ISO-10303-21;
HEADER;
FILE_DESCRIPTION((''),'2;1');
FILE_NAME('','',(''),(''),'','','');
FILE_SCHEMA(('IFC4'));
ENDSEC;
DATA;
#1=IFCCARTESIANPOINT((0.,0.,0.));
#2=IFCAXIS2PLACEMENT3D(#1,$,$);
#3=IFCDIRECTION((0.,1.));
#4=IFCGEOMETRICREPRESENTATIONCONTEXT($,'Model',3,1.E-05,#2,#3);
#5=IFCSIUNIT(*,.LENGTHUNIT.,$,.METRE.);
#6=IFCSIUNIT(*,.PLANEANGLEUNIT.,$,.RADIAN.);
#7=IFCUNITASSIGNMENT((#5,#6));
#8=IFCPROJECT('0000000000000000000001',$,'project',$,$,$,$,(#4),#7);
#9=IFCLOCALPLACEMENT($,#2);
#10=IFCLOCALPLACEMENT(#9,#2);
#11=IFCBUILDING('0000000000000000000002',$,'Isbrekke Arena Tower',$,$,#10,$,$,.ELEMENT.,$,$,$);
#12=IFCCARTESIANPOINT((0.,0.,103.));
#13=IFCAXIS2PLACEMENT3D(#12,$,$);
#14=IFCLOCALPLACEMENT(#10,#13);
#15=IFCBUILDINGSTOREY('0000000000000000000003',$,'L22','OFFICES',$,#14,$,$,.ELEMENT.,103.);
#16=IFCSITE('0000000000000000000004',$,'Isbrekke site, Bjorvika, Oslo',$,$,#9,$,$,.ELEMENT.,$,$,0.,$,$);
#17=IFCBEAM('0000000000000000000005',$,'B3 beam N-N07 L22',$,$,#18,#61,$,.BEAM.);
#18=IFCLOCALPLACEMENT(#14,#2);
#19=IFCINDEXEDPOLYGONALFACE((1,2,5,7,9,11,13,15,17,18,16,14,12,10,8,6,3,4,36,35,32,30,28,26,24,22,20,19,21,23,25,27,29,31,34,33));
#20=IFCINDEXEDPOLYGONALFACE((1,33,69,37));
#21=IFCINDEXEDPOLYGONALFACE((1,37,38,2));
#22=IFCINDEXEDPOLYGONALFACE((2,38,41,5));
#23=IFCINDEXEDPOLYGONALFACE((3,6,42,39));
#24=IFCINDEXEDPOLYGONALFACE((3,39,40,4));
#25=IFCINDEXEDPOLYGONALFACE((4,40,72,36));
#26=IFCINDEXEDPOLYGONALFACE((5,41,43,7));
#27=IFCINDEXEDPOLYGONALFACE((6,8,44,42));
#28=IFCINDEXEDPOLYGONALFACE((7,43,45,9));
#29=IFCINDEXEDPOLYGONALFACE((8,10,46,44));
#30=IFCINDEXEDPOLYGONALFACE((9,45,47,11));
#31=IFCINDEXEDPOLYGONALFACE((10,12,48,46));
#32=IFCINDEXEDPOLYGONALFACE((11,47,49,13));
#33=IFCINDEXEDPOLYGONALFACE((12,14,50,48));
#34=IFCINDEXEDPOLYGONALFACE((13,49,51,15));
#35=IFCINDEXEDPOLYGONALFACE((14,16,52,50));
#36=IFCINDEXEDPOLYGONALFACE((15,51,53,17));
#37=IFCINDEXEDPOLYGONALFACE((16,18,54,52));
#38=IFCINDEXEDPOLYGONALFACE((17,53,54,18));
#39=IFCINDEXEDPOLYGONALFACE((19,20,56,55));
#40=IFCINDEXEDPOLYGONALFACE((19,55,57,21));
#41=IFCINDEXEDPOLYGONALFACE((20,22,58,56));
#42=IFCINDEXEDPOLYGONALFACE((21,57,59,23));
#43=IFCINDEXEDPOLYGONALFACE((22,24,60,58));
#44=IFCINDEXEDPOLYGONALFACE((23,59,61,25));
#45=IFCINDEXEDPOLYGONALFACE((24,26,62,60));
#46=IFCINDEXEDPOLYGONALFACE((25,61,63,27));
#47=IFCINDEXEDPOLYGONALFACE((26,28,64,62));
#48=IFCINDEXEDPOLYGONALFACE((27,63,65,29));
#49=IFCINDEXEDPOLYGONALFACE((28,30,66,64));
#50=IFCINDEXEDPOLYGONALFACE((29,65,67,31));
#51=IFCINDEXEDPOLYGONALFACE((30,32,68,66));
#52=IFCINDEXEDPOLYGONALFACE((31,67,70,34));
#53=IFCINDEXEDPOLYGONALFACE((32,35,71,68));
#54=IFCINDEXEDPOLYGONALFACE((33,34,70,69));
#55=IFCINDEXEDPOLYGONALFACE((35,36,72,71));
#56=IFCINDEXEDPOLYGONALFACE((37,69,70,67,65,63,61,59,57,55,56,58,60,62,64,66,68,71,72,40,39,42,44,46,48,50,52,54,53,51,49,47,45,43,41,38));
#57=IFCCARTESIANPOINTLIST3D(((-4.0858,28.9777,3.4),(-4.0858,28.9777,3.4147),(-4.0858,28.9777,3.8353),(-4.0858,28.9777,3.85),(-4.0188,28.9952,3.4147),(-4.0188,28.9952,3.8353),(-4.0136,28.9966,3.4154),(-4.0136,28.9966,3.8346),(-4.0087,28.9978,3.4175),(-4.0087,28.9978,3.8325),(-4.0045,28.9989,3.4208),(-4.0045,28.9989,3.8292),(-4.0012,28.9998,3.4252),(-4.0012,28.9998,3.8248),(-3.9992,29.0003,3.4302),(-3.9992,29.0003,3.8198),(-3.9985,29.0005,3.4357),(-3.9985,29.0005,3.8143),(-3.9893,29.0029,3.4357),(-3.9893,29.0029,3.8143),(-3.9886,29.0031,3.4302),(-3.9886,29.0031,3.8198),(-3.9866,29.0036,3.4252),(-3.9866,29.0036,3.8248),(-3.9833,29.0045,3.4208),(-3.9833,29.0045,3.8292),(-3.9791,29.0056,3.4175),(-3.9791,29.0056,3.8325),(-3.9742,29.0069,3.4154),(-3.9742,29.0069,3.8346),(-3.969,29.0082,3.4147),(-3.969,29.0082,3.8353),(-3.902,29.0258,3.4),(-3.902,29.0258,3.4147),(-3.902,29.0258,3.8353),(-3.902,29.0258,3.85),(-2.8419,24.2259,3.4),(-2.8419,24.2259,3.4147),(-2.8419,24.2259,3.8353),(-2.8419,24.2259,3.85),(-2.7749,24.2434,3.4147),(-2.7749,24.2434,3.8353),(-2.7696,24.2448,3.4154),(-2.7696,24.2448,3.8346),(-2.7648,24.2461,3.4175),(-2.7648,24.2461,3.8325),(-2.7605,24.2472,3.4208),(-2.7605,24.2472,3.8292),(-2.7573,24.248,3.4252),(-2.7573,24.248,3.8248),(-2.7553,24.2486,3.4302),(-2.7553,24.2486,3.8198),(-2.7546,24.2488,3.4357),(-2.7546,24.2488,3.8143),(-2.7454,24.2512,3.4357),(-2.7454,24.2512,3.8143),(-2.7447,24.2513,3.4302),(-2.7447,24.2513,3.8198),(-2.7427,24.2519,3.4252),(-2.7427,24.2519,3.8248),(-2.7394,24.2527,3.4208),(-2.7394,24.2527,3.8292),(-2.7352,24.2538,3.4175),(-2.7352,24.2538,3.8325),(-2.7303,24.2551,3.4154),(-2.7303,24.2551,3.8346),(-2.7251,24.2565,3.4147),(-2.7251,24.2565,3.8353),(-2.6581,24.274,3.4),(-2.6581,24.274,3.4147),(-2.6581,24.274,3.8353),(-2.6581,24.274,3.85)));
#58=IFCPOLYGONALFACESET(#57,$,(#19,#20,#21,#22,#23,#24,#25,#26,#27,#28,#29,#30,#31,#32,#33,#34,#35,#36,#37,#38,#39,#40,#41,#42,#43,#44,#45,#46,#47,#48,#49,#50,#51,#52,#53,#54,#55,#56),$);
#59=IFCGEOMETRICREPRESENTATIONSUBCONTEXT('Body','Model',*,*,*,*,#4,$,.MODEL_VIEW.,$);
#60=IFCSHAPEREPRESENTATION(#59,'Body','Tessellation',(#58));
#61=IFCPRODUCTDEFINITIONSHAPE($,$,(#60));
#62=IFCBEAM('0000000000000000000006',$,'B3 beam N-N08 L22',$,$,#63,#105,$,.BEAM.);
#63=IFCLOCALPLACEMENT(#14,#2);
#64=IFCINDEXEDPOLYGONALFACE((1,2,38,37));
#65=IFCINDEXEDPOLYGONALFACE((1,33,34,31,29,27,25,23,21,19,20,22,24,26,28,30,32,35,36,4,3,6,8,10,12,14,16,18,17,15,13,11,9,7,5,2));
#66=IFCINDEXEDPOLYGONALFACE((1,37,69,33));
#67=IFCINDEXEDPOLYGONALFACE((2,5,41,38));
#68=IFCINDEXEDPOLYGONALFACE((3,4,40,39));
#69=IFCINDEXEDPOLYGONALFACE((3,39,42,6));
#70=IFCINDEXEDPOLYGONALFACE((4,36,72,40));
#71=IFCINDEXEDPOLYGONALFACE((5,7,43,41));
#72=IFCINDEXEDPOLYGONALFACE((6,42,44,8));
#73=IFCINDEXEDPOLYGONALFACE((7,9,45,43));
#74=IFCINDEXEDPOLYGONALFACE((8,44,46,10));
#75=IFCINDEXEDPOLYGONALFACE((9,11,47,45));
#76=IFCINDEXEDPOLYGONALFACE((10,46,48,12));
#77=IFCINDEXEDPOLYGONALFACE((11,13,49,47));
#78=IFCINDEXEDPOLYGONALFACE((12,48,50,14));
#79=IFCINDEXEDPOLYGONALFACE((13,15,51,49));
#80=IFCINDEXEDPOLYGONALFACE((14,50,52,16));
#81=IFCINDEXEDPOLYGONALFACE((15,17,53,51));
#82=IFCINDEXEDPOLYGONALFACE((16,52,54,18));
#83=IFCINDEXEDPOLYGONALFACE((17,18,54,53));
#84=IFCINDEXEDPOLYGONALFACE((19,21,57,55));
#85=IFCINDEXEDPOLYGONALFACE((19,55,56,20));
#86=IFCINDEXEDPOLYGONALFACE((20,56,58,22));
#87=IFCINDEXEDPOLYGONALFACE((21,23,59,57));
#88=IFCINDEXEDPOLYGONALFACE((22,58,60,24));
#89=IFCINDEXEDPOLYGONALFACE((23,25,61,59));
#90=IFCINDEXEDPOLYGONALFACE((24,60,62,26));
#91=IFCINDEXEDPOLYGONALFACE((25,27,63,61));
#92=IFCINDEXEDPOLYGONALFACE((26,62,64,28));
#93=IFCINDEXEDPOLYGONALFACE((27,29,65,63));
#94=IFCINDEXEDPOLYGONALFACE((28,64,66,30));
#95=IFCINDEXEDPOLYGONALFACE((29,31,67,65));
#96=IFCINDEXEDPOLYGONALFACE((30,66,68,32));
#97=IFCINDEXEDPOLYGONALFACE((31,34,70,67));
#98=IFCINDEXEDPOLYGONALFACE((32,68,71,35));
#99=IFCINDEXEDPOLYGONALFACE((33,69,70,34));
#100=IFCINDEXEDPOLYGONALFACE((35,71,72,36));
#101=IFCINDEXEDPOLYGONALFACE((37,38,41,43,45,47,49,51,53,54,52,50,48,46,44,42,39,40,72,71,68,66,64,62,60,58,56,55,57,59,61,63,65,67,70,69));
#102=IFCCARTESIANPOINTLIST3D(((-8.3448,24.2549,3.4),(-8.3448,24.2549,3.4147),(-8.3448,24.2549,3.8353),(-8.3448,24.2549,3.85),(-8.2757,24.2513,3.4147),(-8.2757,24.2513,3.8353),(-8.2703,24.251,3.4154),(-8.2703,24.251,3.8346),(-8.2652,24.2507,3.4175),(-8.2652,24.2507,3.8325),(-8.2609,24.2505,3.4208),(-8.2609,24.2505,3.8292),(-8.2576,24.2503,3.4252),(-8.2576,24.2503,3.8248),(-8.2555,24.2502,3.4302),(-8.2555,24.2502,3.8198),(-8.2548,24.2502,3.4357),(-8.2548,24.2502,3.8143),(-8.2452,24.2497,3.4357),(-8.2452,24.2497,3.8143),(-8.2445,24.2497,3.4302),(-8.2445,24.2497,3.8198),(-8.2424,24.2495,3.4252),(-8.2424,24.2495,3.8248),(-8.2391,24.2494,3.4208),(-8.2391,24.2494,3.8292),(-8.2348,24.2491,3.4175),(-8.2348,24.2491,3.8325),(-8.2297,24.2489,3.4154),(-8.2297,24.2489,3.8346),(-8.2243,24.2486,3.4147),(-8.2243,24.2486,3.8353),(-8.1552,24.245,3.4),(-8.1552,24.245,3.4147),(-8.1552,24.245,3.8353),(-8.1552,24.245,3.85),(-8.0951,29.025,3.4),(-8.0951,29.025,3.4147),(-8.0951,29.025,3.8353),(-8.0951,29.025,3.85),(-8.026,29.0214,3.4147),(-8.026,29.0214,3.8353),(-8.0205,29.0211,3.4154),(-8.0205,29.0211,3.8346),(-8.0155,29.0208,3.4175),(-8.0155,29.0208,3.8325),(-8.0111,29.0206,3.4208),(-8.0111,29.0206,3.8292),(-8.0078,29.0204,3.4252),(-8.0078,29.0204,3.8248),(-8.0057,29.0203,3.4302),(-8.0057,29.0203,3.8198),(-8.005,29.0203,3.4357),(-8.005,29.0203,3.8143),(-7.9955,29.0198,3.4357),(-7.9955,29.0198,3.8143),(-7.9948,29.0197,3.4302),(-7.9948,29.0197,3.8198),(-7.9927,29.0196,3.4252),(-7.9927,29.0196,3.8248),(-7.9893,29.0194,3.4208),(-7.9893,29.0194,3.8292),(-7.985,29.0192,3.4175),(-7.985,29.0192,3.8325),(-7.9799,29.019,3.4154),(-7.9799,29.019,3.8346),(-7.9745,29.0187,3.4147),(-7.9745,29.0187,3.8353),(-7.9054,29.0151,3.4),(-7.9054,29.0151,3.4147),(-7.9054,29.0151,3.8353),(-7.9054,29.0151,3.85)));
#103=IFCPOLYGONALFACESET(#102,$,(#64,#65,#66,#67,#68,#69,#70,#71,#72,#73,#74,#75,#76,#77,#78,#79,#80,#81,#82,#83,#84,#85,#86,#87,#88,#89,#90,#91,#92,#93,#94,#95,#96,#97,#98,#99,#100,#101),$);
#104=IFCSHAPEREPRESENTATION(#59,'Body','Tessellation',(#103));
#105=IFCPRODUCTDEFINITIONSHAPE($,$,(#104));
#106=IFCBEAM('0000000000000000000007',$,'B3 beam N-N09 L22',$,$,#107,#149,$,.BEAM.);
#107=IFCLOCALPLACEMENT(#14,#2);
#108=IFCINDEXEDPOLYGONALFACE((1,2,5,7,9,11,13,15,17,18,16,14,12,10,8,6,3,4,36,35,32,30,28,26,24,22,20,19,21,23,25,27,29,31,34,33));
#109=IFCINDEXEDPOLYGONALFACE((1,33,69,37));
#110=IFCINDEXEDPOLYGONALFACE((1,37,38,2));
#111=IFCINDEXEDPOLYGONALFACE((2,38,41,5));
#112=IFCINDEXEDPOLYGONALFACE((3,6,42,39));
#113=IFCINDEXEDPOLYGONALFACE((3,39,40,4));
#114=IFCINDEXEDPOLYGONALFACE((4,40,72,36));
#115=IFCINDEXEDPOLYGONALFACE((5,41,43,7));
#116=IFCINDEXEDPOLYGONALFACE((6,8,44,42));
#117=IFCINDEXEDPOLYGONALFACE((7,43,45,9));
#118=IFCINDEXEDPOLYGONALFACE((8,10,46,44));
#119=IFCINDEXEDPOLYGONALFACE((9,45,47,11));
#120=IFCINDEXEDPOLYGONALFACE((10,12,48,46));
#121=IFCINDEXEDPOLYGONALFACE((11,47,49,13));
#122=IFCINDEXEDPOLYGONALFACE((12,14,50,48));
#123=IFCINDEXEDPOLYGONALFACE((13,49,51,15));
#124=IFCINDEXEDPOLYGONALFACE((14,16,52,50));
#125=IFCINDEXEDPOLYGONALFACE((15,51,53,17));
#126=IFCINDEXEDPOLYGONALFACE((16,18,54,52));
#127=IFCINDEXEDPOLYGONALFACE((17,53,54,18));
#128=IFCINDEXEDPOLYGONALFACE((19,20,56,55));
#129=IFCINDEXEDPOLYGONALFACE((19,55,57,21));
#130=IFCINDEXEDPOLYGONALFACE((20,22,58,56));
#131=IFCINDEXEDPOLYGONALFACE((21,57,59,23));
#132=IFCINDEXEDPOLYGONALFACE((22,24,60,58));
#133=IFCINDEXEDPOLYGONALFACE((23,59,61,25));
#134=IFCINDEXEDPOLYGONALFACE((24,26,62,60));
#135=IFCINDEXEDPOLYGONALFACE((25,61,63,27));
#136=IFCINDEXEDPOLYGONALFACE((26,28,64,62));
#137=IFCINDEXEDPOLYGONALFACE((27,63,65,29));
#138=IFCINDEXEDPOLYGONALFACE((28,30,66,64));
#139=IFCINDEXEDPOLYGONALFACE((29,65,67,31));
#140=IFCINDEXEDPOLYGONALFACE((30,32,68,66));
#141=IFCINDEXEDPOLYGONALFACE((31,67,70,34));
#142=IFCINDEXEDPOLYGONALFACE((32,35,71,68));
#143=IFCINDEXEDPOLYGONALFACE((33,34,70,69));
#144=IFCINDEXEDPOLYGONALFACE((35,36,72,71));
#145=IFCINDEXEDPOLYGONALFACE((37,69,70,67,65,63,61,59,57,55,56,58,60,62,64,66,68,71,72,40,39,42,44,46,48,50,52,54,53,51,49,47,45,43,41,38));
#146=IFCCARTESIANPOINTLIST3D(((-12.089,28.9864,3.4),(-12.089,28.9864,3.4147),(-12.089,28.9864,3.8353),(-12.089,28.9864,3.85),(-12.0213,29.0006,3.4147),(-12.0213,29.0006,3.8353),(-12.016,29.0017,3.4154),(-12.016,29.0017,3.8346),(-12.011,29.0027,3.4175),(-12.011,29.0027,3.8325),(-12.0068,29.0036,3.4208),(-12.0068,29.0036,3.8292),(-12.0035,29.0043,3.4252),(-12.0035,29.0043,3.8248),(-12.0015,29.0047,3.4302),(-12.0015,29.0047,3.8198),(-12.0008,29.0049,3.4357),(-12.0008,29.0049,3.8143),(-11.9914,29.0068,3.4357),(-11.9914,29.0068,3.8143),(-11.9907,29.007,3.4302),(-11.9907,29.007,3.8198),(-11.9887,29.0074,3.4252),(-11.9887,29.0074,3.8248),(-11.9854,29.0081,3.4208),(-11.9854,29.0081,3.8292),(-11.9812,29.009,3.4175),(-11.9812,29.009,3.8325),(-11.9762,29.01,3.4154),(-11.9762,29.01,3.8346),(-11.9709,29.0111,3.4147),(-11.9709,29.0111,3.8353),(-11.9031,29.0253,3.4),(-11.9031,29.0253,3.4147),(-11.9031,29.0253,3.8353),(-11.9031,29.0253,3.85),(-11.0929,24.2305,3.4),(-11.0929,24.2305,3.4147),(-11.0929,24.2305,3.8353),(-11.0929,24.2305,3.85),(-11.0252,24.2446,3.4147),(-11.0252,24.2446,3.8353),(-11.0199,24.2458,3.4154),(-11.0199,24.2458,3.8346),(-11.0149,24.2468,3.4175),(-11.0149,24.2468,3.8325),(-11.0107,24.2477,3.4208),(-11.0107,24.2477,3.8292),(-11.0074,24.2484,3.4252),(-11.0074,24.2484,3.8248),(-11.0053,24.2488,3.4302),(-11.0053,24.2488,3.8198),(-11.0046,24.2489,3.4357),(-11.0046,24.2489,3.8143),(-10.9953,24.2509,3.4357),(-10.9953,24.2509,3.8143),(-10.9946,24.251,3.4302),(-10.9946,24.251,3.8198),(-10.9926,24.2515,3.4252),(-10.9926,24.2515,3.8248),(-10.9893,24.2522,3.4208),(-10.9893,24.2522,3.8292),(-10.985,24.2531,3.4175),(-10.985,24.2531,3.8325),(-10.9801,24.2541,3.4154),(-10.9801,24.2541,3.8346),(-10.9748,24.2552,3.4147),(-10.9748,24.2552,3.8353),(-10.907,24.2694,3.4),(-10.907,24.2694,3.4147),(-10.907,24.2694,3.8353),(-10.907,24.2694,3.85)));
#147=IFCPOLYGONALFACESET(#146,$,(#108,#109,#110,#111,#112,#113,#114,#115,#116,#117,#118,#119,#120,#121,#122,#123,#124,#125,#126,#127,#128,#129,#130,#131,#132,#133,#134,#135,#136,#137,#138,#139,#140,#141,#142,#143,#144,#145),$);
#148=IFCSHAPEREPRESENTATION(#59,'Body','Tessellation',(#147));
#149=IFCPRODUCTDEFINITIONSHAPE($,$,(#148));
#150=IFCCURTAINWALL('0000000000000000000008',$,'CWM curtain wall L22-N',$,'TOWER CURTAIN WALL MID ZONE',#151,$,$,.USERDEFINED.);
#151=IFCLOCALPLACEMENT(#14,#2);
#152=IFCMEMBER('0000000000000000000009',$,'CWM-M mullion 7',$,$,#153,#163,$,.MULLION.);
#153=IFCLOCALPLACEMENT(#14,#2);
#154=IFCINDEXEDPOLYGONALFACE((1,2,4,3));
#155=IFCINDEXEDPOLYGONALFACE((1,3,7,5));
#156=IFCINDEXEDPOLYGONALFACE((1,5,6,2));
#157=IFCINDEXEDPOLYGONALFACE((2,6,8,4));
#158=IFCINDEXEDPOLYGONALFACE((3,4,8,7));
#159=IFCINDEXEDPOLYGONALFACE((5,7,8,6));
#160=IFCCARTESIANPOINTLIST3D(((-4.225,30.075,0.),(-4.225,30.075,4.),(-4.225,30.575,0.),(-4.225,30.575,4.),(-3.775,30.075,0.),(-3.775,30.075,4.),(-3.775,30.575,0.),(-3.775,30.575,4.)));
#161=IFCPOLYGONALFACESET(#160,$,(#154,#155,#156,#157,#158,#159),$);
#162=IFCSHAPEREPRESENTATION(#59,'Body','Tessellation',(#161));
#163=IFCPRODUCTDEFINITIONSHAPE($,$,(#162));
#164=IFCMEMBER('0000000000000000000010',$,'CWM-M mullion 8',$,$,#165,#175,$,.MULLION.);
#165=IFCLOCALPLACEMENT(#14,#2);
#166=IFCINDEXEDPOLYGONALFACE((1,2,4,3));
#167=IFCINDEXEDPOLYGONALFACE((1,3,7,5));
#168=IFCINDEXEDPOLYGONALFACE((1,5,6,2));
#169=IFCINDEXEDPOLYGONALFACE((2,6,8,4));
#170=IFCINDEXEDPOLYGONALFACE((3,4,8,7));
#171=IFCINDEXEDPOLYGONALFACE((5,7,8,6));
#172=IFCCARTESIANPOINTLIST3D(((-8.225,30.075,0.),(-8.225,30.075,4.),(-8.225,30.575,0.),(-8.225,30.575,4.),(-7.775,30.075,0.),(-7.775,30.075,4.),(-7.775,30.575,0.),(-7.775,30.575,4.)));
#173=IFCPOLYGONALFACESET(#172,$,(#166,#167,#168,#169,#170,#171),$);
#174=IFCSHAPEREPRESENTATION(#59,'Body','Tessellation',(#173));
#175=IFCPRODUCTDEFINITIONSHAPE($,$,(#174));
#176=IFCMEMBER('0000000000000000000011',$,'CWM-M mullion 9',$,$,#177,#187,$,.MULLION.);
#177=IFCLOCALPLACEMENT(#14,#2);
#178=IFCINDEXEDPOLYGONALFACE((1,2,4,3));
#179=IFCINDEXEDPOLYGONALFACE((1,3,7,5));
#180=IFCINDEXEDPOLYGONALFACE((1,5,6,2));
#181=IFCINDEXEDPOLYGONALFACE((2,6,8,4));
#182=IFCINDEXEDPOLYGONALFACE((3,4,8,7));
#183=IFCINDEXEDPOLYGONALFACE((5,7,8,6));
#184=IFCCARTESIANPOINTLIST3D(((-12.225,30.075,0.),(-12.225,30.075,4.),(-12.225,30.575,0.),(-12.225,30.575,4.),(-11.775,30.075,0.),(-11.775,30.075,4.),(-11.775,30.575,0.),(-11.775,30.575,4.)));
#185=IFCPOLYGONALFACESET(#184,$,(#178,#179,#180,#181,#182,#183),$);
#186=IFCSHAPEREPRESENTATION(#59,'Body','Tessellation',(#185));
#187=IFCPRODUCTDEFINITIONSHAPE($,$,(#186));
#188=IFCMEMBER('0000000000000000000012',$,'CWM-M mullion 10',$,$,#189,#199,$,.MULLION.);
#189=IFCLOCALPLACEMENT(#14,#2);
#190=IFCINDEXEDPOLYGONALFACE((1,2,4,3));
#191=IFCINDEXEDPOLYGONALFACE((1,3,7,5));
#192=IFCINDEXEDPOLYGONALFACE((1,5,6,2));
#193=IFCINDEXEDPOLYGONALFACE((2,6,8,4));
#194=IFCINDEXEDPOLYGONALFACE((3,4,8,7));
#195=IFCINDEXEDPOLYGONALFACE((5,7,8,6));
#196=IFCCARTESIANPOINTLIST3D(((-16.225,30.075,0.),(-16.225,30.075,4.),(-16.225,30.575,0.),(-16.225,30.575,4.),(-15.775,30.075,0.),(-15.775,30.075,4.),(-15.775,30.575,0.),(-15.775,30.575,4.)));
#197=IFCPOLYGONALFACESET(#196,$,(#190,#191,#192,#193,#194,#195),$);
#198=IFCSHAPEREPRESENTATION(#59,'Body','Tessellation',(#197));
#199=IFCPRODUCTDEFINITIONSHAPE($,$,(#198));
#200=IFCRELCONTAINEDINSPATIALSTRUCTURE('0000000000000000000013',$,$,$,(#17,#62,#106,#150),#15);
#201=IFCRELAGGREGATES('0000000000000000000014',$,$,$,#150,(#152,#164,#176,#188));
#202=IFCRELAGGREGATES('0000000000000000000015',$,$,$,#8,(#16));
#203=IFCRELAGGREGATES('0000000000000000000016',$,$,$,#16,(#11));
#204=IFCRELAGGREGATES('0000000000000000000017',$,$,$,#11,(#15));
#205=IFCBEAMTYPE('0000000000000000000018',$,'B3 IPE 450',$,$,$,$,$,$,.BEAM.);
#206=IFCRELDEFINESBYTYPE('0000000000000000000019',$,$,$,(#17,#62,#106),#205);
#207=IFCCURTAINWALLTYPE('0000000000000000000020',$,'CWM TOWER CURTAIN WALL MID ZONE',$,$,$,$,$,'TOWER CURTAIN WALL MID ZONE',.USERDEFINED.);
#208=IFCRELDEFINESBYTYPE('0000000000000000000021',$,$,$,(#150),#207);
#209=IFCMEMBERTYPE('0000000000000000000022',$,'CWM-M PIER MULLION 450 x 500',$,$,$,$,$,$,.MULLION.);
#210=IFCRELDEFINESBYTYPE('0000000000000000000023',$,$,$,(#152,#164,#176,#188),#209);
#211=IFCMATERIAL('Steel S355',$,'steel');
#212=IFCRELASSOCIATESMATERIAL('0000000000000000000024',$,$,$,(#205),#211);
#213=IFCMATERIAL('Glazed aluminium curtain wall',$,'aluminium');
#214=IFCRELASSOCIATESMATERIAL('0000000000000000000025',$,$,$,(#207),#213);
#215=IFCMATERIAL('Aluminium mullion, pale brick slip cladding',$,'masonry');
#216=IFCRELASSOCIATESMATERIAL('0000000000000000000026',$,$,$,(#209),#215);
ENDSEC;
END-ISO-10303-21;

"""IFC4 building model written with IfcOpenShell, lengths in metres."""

from ifc_helpers import new_model, si_unit, direction, frame, origin, origin_2d, place, context, subcontext, project, spatial, rectangle, i_section, extrude, material, material_profile, profile_set, type_object, element, aggregate, save


model = new_model("IFC4")

# Units and contexts
model_context = context("Model", 3, precision=1e-05, world=origin(), true_north=direction((0.0, 1.0)))
body_context = subcontext(model_context, "Body", "Model", "MODEL_VIEW")
ifc_project = project(units=[si_unit("LENGTHUNIT", "METRE"), si_unit("PLANEANGLEUNIT", "RADIAN")], contexts=[model_context])

# Site, building, storey
site_placement = place(None, origin())
site = spatial("IfcSite", under=ifc_project, at=site_placement, Name="Isbrekke site, Bjorvika, Oslo", CompositionType="ELEMENT", RefElevation=0.0)
building_placement = place(site_placement, origin())
building = spatial("IfcBuilding", under=site, at=building_placement, Name="Isbrekke Arena Tower", CompositionType="ELEMENT")
storey_placement = place(building_placement, frame((0.0, 0.0, 103.0)))
storey = spatial("IfcBuildingStorey", under=building, at=storey_placement, Name="L22", Description="OFFICES", CompositionType="ELEMENT", Elevation=103.0)

# Beams
ifc_material_1 = material(Name="Steel S355", Category="steel")
ifc_material_profile_1 = material_profile(ifc_material_1, i_section(OverallWidth=0.1899, OverallDepth=0.45, WebThickness=0.0095, FlangeThickness=0.0146, FilletRadius=0.021, at=origin_2d()), Name="IPE 450")
ifc_profile_set_1 = profile_set([ifc_material_profile_1], Name="Steel S355")
beam_type_1 = type_object("IfcBeamType", Name="B3 IPE 450", PredefinedType="BEAM", material=ifc_profile_set_1)
beam_1_placement = place(storey_placement, frame((-3.9939, 29.0017, 3.625), z_axis=(0.253245, -0.967402, 0.0), x_axis=(0.967402, 0.253245, 0.0)))
element("IfcBeam", 1, at=beam_1_placement, inside=storey, type_object=beam_type_1, Name="B3 beam N-N07 L22", PredefinedType="BEAM", context=body_context, shape_type="SweptSolid", body=[
    extrude(i_section(OverallWidth=0.1899, OverallDepth=0.45, WebThickness=0.0095, FlangeThickness=0.0146, FilletRadius=0.021, at=origin_2d()), origin(), (0.0, 0.0, 1.0), 4.9119),
])
beam_2_placement = place(storey_placement, frame((-8.0002, 29.02, 3.625), z_axis=(-0.052288, -0.998632, 0.0), x_axis=(0.998632, -0.052288, 0.0)))
element("IfcBeam", 2, at=beam_2_placement, inside=storey, type_object=beam_type_1, Name="B3 beam N-N08 L22", PredefinedType="BEAM", context=body_context, shape_type="SweptSolid", body=[
    extrude(i_section(OverallWidth=0.1899, OverallDepth=0.45, WebThickness=0.0095, FlangeThickness=0.0146, FilletRadius=0.021, at=origin_2d()), origin(), (0.0, 0.0, 1.0), 4.7766),
])
beam_3_placement = place(storey_placement, frame((-11.9961, 29.0059, 3.625), z_axis=(0.204997, -0.978762, 0.0), x_axis=(0.978762, 0.204997, 0.0)))
element("IfcBeam", 3, at=beam_3_placement, inside=storey, type_object=beam_type_1, Name="B3 beam N-N09 L22", PredefinedType="BEAM", context=body_context, shape_type="SweptSolid", body=[
    extrude(i_section(OverallWidth=0.1899, OverallDepth=0.45, WebThickness=0.0095, FlangeThickness=0.0146, FilletRadius=0.021, at=origin_2d()), origin(), (0.0, 0.0, 1.0), 4.8591),
])

# Curtain wall, members
ifc_material_2 = material(Name="Glazed aluminium curtain wall", Category="aluminium")
curtain_wall_type = type_object("IfcCurtainWallType", Name="CWM TOWER CURTAIN WALL MID ZONE", ElementType="TOWER CURTAIN WALL MID ZONE", PredefinedType="USERDEFINED", material=ifc_material_2)
curtain_wall_placement = place(storey_placement, origin())
curtain_wall = element("IfcCurtainWall", 4, at=curtain_wall_placement, inside=storey, type_object=curtain_wall_type, Name="CWM curtain wall L22-N", ObjectType="TOWER CURTAIN WALL MID ZONE", PredefinedType="USERDEFINED")
ifc_material_3 = material(Name="Aluminium mullion, pale brick slip cladding", Category="masonry")
ifc_material_profile_2 = material_profile(ifc_material_3, rectangle(XDim=0.45, YDim=0.5, at=origin_2d()), Name="PIER 450X500")
ifc_profile_set_2 = profile_set([ifc_material_profile_2], Name="Aluminium mullion, pale brick slip cladding")
member_type_1 = type_object("IfcMemberType", Name="CWM-M PIER MULLION 450 x 500", PredefinedType="MULLION", material=ifc_profile_set_2)
member_1_placement = place(storey_placement, frame((-4.0, 30.325, 0.0), z_axis=(0.0, 0.0, 1.0), x_axis=(-1.0, 0.0, 0.0)))
member_1 = element("IfcMember", 5, at=member_1_placement, type_object=member_type_1, Name="CWM-M mullion 7", PredefinedType="MULLION", context=body_context, shape_type="SweptSolid", body=[
    extrude(rectangle(XDim=0.45, YDim=0.5, at=origin_2d()), origin(), (0.0, 0.0, 1.0), 4.0),
])
member_2_placement = place(storey_placement, frame((-8.0, 30.325, 0.0), z_axis=(0.0, 0.0, 1.0), x_axis=(-1.0, 0.0, 0.0)))
member_2 = element("IfcMember", 6, at=member_2_placement, type_object=member_type_1, Name="CWM-M mullion 8", PredefinedType="MULLION", context=body_context, shape_type="SweptSolid", body=[
    extrude(rectangle(XDim=0.45, YDim=0.5, at=origin_2d()), origin(), (0.0, 0.0, 1.0), 4.0),
])
member_3_placement = place(storey_placement, frame((-12.0, 30.325, 0.0), z_axis=(0.0, 0.0, 1.0), x_axis=(-1.0, 0.0, 0.0)))
member_3 = element("IfcMember", 7, at=member_3_placement, type_object=member_type_1, Name="CWM-M mullion 9", PredefinedType="MULLION", context=body_context, shape_type="SweptSolid", body=[
    extrude(rectangle(XDim=0.45, YDim=0.5, at=origin_2d()), origin(), (0.0, 0.0, 1.0), 4.0),
])
member_4_placement = place(storey_placement, frame((-16.0, 30.325, 0.0), z_axis=(0.0, 0.0, 1.0), x_axis=(-1.0, 0.0, 0.0)))
member_4 = element("IfcMember", 8, at=member_4_placement, type_object=member_type_1, Name="CWM-M mullion 10", PredefinedType="MULLION", context=body_context, shape_type="SweptSolid", body=[
    extrude(rectangle(XDim=0.45, YDim=0.5, at=origin_2d()), origin(), (0.0, 0.0, 1.0), 4.0),
])

aggregate(curtain_wall, [member_1, member_2, member_3, member_4])

save(model, "model.ifc")
